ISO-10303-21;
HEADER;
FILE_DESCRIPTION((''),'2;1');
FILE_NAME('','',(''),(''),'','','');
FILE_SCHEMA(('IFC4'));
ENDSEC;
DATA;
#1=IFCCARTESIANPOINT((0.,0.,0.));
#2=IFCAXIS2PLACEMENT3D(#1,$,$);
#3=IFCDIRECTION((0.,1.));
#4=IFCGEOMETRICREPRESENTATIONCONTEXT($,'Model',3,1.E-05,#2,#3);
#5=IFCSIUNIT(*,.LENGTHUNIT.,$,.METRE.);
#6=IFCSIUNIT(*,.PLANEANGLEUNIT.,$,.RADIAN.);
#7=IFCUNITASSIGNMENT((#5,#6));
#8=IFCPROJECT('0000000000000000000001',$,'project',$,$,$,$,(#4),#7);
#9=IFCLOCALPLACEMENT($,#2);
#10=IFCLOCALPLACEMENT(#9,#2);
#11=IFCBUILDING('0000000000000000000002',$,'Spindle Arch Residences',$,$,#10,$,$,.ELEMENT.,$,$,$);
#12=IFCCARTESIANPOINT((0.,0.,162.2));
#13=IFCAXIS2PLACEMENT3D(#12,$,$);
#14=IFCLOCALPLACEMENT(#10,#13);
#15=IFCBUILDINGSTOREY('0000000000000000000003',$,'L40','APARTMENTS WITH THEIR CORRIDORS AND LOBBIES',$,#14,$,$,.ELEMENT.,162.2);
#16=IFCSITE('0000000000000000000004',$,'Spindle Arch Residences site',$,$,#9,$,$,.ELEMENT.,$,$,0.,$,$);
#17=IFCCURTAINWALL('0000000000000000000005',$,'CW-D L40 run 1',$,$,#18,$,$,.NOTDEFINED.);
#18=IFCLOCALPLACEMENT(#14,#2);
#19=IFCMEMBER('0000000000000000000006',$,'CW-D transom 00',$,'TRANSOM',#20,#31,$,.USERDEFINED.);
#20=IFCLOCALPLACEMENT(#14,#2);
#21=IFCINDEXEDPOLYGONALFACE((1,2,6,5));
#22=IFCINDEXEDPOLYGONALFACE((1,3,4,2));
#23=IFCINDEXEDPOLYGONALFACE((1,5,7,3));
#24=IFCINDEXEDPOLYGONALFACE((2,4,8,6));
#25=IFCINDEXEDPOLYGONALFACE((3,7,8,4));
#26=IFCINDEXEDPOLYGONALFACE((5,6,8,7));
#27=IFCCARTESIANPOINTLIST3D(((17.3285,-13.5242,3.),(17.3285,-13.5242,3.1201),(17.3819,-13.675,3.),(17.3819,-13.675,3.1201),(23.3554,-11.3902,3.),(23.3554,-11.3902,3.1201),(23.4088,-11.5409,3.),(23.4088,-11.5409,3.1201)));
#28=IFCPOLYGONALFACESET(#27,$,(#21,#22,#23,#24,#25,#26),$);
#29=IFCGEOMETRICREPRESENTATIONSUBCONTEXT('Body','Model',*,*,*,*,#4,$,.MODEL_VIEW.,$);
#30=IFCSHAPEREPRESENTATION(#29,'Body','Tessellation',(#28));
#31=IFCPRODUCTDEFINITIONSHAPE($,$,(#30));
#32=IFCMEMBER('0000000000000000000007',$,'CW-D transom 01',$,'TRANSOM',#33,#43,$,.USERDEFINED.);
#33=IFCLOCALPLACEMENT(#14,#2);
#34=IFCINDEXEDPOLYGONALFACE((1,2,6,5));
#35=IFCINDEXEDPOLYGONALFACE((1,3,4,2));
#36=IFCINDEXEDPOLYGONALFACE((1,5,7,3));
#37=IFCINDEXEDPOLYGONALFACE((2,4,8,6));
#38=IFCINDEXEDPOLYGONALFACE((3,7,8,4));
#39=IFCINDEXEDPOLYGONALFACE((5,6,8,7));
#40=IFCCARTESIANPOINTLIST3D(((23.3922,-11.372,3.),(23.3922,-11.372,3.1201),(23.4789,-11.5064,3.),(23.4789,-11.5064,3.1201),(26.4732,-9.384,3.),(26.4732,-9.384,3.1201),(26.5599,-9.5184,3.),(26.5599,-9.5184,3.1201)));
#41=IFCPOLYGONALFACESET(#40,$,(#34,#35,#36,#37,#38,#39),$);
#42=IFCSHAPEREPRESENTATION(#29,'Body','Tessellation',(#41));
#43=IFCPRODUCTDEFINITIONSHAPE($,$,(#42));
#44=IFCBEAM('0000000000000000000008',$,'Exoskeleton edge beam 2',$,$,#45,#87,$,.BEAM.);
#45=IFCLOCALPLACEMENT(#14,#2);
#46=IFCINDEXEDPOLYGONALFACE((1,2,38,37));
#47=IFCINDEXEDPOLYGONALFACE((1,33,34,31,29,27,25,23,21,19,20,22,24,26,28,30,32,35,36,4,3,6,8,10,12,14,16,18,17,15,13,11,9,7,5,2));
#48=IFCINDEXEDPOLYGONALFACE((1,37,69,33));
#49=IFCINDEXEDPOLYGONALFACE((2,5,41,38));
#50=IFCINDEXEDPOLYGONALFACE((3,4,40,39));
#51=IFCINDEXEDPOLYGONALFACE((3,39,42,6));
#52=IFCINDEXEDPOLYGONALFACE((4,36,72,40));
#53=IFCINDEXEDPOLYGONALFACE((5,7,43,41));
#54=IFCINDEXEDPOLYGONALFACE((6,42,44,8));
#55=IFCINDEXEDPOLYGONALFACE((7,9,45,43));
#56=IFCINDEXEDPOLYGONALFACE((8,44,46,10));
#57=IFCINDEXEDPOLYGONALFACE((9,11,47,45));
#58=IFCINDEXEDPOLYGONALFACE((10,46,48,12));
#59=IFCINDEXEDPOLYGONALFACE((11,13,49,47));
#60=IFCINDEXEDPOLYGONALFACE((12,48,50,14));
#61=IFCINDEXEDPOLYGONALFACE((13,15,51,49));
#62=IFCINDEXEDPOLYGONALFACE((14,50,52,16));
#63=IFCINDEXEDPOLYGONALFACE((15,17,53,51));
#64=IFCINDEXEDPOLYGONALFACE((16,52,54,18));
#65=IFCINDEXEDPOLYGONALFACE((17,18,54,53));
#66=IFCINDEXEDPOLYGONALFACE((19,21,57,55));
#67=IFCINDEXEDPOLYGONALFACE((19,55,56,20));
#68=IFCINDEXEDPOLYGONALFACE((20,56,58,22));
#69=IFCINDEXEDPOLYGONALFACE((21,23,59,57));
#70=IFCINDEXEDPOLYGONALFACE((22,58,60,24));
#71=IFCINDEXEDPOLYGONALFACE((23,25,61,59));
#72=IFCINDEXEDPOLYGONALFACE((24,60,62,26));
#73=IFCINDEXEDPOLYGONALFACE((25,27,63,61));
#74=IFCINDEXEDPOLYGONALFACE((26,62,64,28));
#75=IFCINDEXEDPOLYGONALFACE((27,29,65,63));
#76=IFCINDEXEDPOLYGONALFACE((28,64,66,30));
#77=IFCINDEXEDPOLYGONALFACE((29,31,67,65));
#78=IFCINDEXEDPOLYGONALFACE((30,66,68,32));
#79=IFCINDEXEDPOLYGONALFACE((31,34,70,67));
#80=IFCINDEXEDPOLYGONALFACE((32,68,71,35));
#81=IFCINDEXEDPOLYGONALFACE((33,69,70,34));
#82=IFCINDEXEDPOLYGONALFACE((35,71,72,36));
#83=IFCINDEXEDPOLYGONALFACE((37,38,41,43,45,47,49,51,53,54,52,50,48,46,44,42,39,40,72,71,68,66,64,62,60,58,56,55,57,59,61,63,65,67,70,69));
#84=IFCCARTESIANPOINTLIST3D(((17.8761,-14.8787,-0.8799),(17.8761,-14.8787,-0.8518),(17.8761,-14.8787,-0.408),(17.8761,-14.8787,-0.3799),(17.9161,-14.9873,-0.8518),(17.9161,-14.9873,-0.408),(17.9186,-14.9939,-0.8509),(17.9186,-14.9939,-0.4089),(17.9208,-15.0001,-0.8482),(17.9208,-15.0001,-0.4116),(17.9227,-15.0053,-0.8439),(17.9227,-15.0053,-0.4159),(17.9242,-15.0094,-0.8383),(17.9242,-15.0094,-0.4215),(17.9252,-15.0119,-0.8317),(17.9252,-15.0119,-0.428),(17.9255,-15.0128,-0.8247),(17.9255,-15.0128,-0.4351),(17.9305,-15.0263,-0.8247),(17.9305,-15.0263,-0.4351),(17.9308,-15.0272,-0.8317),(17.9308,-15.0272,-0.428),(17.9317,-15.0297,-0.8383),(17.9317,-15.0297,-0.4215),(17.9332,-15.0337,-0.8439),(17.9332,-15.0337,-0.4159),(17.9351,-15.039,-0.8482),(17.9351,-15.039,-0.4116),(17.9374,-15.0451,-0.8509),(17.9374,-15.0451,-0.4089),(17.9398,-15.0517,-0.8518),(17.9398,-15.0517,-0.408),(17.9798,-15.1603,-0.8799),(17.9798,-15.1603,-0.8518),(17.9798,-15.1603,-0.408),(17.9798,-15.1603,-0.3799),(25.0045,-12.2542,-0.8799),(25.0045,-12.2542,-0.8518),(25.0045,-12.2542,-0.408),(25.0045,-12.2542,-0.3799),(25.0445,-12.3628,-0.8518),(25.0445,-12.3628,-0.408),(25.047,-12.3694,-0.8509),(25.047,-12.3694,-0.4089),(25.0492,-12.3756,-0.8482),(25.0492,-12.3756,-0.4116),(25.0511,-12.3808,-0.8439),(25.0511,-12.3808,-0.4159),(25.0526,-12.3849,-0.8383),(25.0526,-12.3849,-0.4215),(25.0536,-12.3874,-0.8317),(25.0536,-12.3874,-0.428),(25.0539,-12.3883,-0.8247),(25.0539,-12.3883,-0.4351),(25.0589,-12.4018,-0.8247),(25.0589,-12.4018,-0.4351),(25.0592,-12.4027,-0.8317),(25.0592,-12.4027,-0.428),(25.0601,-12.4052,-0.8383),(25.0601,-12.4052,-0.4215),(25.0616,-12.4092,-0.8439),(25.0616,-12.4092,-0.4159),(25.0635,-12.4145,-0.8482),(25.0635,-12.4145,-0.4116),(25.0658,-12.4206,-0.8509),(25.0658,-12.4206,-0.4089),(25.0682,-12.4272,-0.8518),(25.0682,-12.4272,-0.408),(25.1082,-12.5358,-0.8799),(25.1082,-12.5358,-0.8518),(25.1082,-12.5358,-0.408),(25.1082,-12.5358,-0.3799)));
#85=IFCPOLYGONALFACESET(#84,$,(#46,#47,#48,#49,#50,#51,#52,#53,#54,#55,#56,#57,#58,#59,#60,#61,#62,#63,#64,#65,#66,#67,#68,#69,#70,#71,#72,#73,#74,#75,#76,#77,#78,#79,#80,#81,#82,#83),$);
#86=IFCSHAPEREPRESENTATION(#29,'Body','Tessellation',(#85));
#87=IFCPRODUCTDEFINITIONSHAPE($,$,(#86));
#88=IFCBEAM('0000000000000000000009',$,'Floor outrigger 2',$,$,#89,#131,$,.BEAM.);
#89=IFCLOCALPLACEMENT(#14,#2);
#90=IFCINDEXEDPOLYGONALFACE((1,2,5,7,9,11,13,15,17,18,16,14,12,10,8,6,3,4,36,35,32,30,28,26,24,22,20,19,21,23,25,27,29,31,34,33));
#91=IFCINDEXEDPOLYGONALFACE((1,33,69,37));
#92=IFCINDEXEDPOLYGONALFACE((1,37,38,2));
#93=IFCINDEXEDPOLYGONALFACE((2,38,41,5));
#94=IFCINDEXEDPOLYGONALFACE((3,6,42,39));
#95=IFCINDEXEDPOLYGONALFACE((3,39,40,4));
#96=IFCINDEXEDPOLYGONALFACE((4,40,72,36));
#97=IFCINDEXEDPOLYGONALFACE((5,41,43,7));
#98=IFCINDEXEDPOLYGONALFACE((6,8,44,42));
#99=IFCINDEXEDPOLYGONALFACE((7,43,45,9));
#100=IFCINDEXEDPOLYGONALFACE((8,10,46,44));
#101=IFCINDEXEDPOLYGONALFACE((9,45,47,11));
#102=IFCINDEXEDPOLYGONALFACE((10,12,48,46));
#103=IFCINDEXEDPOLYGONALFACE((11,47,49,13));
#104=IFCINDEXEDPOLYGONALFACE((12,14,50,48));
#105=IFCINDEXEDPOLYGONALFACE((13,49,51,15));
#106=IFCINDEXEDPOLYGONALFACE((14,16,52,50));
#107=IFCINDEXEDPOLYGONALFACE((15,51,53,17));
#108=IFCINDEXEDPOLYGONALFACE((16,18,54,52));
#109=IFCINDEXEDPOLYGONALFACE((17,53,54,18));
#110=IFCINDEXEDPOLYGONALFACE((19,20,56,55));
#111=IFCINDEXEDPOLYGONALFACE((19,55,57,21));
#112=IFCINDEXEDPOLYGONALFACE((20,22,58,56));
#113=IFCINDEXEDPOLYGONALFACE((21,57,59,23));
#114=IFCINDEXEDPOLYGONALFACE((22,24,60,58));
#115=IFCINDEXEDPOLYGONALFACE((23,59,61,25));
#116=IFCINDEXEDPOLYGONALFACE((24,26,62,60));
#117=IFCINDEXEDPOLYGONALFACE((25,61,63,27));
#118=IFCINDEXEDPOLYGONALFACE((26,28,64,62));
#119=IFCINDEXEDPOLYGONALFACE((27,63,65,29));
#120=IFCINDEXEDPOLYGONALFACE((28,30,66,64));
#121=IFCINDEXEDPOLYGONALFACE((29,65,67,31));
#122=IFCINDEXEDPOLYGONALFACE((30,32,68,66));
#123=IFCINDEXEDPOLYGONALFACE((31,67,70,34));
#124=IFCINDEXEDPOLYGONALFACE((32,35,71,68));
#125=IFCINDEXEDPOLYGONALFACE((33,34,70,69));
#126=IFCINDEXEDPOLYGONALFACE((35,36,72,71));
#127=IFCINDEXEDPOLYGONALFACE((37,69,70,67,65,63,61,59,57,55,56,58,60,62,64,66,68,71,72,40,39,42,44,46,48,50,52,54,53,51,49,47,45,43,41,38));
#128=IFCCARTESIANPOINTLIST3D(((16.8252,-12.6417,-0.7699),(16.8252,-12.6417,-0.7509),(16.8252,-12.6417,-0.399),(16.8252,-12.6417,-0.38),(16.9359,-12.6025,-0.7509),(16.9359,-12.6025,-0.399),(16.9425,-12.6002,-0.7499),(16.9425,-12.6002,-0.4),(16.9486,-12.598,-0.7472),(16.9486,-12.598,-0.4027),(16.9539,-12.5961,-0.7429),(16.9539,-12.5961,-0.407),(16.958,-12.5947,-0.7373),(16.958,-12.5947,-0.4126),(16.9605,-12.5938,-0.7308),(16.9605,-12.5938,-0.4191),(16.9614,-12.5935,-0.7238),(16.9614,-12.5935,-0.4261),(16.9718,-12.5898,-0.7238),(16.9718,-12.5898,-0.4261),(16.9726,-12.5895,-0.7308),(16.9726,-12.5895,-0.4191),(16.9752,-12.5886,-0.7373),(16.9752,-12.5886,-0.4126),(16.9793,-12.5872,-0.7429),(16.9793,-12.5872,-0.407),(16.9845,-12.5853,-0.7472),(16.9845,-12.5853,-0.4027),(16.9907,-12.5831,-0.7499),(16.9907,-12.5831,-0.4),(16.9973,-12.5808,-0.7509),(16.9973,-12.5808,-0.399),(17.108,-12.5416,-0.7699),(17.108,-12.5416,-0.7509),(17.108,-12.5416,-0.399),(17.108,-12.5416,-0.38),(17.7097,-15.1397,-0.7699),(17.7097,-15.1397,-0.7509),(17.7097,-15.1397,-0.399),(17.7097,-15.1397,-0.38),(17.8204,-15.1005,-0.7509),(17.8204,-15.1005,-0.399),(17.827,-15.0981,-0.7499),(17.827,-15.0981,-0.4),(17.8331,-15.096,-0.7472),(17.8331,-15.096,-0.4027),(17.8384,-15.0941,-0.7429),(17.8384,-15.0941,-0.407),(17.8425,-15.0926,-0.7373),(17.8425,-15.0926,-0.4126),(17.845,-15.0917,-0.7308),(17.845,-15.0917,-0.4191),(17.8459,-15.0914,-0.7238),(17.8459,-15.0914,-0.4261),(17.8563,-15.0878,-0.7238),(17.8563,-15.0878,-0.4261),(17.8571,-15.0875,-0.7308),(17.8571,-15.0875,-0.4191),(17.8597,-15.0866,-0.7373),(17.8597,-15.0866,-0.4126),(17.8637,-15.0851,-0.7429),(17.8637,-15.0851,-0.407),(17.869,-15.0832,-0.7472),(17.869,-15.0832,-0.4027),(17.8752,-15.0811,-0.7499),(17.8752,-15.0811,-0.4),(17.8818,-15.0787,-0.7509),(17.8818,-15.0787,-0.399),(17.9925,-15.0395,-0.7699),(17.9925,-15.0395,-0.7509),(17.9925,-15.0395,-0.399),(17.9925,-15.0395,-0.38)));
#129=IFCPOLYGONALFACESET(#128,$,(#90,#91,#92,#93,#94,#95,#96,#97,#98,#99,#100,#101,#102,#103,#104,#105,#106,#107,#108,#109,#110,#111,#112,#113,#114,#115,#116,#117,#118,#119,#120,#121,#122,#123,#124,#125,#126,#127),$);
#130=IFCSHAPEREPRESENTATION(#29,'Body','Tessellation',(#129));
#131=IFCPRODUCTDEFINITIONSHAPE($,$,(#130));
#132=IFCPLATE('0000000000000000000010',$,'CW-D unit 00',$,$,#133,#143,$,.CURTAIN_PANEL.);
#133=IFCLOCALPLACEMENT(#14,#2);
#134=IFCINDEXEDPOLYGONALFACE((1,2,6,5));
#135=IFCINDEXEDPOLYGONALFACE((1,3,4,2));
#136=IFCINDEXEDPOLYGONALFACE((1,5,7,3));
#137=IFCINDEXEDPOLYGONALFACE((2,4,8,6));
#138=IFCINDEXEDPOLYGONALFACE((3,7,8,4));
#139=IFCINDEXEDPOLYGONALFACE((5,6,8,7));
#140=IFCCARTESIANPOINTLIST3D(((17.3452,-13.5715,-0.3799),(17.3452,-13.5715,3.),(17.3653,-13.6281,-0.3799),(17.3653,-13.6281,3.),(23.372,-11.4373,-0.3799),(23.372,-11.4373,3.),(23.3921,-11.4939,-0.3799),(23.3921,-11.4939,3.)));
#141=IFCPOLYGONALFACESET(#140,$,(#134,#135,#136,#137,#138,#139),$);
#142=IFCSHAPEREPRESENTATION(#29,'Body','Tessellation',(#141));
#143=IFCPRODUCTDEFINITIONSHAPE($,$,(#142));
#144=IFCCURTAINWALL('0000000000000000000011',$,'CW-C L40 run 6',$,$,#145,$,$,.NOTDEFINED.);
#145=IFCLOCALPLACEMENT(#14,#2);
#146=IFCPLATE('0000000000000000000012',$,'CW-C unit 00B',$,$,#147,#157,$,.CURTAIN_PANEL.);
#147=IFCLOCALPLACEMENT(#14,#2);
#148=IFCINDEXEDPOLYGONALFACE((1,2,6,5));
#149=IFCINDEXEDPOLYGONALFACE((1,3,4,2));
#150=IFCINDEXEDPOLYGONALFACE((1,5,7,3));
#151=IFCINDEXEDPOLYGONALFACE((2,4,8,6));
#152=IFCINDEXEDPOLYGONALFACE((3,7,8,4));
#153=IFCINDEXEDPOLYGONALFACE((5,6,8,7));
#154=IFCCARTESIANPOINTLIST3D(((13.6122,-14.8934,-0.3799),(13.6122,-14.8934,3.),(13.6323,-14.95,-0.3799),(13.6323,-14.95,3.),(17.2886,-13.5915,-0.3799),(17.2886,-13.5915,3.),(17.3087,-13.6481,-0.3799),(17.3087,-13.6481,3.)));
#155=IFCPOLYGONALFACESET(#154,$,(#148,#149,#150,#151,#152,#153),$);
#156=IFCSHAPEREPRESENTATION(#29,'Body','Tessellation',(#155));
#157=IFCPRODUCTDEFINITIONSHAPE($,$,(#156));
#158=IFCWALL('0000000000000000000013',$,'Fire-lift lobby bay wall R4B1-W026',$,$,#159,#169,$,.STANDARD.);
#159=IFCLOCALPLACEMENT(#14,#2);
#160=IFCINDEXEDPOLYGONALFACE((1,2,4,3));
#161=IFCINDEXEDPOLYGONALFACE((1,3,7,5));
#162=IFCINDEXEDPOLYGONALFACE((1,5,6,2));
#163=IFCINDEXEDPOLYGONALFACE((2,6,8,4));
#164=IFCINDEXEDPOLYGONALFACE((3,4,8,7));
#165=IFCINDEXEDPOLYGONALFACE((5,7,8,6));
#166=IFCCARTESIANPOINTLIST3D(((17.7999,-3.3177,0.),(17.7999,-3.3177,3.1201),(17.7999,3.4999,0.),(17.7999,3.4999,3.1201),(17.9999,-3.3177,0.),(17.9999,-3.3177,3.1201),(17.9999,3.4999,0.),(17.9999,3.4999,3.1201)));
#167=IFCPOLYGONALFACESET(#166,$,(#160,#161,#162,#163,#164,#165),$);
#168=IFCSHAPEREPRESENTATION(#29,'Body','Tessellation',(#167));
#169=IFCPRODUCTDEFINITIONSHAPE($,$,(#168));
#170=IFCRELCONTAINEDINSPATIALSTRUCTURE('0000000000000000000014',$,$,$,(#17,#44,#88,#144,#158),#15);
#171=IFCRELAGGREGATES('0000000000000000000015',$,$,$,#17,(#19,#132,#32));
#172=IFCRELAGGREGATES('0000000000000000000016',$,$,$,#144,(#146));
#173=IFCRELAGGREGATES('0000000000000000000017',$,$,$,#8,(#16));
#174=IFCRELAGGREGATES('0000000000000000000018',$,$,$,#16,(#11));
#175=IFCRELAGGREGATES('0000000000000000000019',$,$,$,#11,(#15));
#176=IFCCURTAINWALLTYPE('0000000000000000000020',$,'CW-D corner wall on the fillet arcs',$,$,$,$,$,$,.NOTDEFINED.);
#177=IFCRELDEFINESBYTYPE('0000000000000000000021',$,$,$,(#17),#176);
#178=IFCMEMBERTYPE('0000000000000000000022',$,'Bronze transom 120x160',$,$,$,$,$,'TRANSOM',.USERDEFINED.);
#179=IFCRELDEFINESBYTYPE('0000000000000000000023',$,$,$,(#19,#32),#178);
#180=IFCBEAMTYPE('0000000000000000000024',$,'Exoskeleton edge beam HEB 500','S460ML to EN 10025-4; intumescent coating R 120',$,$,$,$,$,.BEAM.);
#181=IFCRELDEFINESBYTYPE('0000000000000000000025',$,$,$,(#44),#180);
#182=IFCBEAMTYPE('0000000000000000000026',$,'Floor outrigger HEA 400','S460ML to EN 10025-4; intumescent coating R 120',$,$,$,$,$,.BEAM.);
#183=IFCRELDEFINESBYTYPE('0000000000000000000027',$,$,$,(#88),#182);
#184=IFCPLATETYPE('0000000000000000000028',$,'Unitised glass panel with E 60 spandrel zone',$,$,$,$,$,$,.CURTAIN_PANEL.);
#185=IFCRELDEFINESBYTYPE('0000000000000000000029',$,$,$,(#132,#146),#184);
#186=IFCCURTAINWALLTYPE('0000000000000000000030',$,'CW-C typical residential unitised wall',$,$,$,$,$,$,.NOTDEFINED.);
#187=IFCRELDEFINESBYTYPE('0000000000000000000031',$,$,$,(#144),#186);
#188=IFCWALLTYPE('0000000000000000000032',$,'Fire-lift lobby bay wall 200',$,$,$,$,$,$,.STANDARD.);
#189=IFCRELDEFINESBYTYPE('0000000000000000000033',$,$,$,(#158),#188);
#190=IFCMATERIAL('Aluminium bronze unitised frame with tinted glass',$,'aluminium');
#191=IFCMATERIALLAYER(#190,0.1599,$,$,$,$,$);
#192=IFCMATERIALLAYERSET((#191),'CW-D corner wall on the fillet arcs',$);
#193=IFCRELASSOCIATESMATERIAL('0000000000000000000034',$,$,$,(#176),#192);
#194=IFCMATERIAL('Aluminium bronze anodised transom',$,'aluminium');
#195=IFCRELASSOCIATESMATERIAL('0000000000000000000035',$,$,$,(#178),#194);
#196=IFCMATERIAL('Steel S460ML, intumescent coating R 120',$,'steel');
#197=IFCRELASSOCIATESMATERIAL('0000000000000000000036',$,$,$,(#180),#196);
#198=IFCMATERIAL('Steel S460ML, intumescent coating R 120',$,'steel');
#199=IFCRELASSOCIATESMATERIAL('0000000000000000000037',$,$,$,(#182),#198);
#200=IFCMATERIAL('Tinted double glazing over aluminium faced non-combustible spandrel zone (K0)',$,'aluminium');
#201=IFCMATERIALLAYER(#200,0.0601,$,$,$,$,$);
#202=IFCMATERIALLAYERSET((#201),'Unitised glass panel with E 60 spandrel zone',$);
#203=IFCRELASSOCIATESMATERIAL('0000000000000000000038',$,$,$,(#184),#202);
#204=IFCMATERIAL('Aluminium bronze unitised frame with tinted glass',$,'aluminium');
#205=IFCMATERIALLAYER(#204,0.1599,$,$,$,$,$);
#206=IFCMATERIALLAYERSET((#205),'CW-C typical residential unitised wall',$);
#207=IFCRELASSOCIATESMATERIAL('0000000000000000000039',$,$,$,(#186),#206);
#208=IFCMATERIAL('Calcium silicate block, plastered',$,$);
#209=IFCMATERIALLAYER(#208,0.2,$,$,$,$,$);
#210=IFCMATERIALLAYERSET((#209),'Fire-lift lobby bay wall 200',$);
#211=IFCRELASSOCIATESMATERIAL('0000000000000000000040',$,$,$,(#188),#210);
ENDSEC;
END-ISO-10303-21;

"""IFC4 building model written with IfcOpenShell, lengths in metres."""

from ifc_helpers import new_model, si_unit, direction, frame, frame_2d, origin, origin_2d, place, context, subcontext, project, spatial, rectangle, i_section, extrude, material, layer, layer_set, material_profile, profile_set, type_object, element, aggregate, save


model = new_model("IFC4")

# Units and contexts
model_context = context("Model", 3, precision=1e-05, world=origin(), true_north=direction((0.0, 1.0)))
body_context = subcontext(model_context, "Body", "Model", "MODEL_VIEW")
ifc_project = project(units=[si_unit("LENGTHUNIT", "METRE"), si_unit("PLANEANGLEUNIT", "RADIAN")], contexts=[model_context])

# Site, building, storey
site_placement = place(None, origin())
site = spatial("IfcSite", under=ifc_project, at=site_placement, Name="Spindle Arch Residences site", CompositionType="ELEMENT", RefElevation=0.0)
building_placement = place(site_placement, origin())
building = spatial("IfcBuilding", under=site, at=building_placement, Name="Spindle Arch Residences", CompositionType="ELEMENT")
storey_placement = place(building_placement, frame((0.0, 0.0, 162.2)))
storey = spatial("IfcBuildingStorey", under=building, at=storey_placement, Name="L40", Description="APARTMENTS WITH THEIR CORRIDORS AND LOBBIES", CompositionType="ELEMENT", Elevation=162.2)

# Curtain wall, members
ifc_material_1 = material(Name="Aluminium bronze unitised frame with tinted glass", Category="aluminium")
ifc_layer_1 = layer(ifc_material_1, 0.1599)
ifc_layer_set_1 = layer_set([ifc_layer_1], Name="CW-D corner wall on the fillet arcs")
curtain_wall_type_1 = type_object("IfcCurtainWallType", Name="CW-D corner wall on the fillet arcs", PredefinedType="NOTDEFINED", material=ifc_layer_set_1)
curtain_wall_1_placement = place(storey_placement, origin())
curtain_wall_1 = element("IfcCurtainWall", 1, at=curtain_wall_1_placement, inside=storey, type_object=curtain_wall_type_1, Name="CW-D L40 run 1", PredefinedType="NOTDEFINED")
ifc_material_2 = material(Name="Aluminium bronze anodised transom", Category="aluminium")
ifc_material_profile_1 = material_profile(ifc_material_2, rectangle(XDim=0.1599, YDim=0.1201, at=origin_2d()), Name="TR 120x160")
ifc_profile_set_1 = profile_set([ifc_material_profile_1], Name="Aluminium bronze anodised transom")
member_type_1 = type_object("IfcMemberType", Name="Bronze transom 120x160", ElementType="TRANSOM", PredefinedType="USERDEFINED", material=ifc_profile_set_1)
member_1_placement = place(storey_placement, frame((17.3552, -13.5996, 3.0601), z_axis=(0.942651, 0.333781, 0.0), x_axis=(-0.333781, 0.942651, 0.0)))
member_1 = element("IfcMember", 2, at=member_1_placement, type_object=member_type_1, Name="CW-D transom 00", ObjectType="TRANSOM", PredefinedType="USERDEFINED", context=body_context, shape_type="SweptSolid", body=[
    extrude(rectangle(XDim=0.1599, YDim=0.1201, at=origin_2d()), origin(), (0.0, 0.0, 1.0), 6.3936),
])
member_2_placement = place(storey_placement, frame((23.4355, -11.4392, 3.0601), z_axis=(0.840264, 0.542177, 0.0), x_axis=(-0.542177, 0.840264, 0.0)))
member_2 = element("IfcMember", 3, at=member_2_placement, type_object=member_type_1, Name="CW-D transom 01", ObjectType="TRANSOM", PredefinedType="USERDEFINED", context=body_context, shape_type="SweptSolid", body=[
    extrude(rectangle(XDim=0.1599, YDim=0.1201, at=origin_2d()), origin(), (0.0, 0.0, 1.0), 3.6667),
])

# Beams
ifc_material_3 = material(Name="Steel S460ML, intumescent coating R 120", Category="steel")
ifc_material_profile_2 = material_profile(ifc_material_3, i_section(OverallWidth=0.3, OverallDepth=0.5, WebThickness=0.0144, FlangeThickness=0.0281, FilletRadius=0.0271, at=origin_2d()), Name="HEB 500")
ifc_profile_set_2 = profile_set([ifc_material_profile_2], Name="Steel S460ML, intumescent coating R 120")
beam_type_1 = type_object("IfcBeamType", Name="Exoskeleton edge beam HEB 500", Description="S460ML to EN 10025-4; intumescent coating R 120", PredefinedType="BEAM", material=ifc_profile_set_2)
beam_1_placement = place(storey_placement, frame((17.928, -15.0195, -0.6299), z_axis=(0.938418, 0.345503, 0.0), x_axis=(-0.345503, 0.938418, 0.0)))
element("IfcBeam", 4, at=beam_1_placement, inside=storey, type_object=beam_type_1, Name="Exoskeleton edge beam 2", PredefinedType="BEAM", context=body_context, shape_type="SweptSolid", body=[
    extrude(i_section(OverallWidth=0.3, OverallDepth=0.5, WebThickness=0.0144, FlangeThickness=0.0281, FilletRadius=0.0271, at=origin_2d()), origin(), (0.0, 0.0, 1.0), 7.5962),
])
ifc_material_4 = material(Name="Steel S460ML, intumescent coating R 120", Category="steel")
ifc_material_profile_3 = material_profile(ifc_material_4, i_section(OverallWidth=0.3, OverallDepth=0.3899, WebThickness=0.011, FlangeThickness=0.019, FilletRadius=0.0271, at=origin_2d()), Name="HEA 400")
ifc_profile_set_3 = profile_set([ifc_material_profile_3], Name="Steel S460ML, intumescent coating R 120")
beam_type_2 = type_object("IfcBeamType", Name="Floor outrigger HEA 400", Description="S460ML to EN 10025-4; intumescent coating R 120", PredefinedType="BEAM", material=ifc_profile_set_3)
beam_2_placement = place(storey_placement, frame((17.8511, -15.0896, -0.575), z_axis=(-0.333779, 0.942651, 0.0), x_axis=(-0.942651, -0.333779, 0.0)))
element("IfcBeam", 5, at=beam_2_placement, inside=storey, type_object=beam_type_2, Name="Floor outrigger 2", PredefinedType="BEAM", context=body_context, shape_type="SweptSolid", body=[
    extrude(i_section(OverallWidth=0.3, OverallDepth=0.3899, WebThickness=0.011, FlangeThickness=0.019, FilletRadius=0.0271, at=origin_2d()), origin(), (0.0, 0.0, 1.0), 2.6499),
])

# Plate
ifc_material_5 = material(Name="Tinted double glazing over aluminium faced non-combustible spandrel zone (K0)", Category="aluminium")
ifc_layer_2 = layer(ifc_material_5, 0.0601)
ifc_layer_set_2 = layer_set([ifc_layer_2], Name="Unitised glass panel with E 60 spandrel zone")
plate_type = type_object("IfcPlateType", Name="Unitised glass panel with E 60 spandrel zone", PredefinedType="CURTAIN_PANEL", material=ifc_layer_set_2)
plate_1_placement = place(storey_placement, frame((20.3687, -12.5327, -0.3799), z_axis=(0.0, 0.0, 1.0), x_axis=(0.942641, 0.333807, 0.0)))
plate_1 = element("IfcPlate", 6, at=plate_1_placement, type_object=plate_type, Name="CW-D unit 00", PredefinedType="CURTAIN_PANEL", context=body_context, shape_type="SweptSolid", body=[
    extrude(rectangle(XDim=6.3936, YDim=0.0601, at=origin_2d()), origin(), (0.0, 0.0, 1.0), 3.3799),
])
aggregate(curtain_wall_1, [member_1, plate_1, member_2])

# Curtain wall, plate
ifc_material_6 = material(Name="Aluminium bronze unitised frame with tinted glass", Category="aluminium")
ifc_layer_3 = layer(ifc_material_6, 0.1599)
ifc_layer_set_3 = layer_set([ifc_layer_3], Name="CW-C typical residential unitised wall")
curtain_wall_type_2 = type_object("IfcCurtainWallType", Name="CW-C typical residential unitised wall", PredefinedType="NOTDEFINED", material=ifc_layer_set_3)
curtain_wall_2_placement = place(storey_placement, origin())
curtain_wall_2 = element("IfcCurtainWall", 7, at=curtain_wall_2_placement, inside=storey, type_object=curtain_wall_type_2, Name="CW-C L40 run 6", PredefinedType="NOTDEFINED")
plate_2_placement = place(storey_placement, frame((15.4604, -14.2708, -0.3799), z_axis=(0.0, 0.0, 1.0), x_axis=(0.942641, 0.333807, 0.0)))
plate_2 = element("IfcPlate", 8, at=plate_2_placement, type_object=plate_type, Name="CW-C unit 00B", PredefinedType="CURTAIN_PANEL", context=body_context, shape_type="SweptSolid", body=[
    extrude(rectangle(XDim=3.9001, YDim=0.0601, at=origin_2d()), origin(), (0.0, 0.0, 1.0), 3.3799),
])
aggregate(curtain_wall_2, [plate_2])

# Wall
ifc_material_7 = material(Name="Calcium silicate block, plastered")
ifc_layer_4 = layer(ifc_material_7, 0.2)
ifc_layer_set_4 = layer_set([ifc_layer_4], Name="Fire-lift lobby bay wall 200")
wall_type_1 = type_object("IfcWallType", Name="Fire-lift lobby bay wall 200", PredefinedType="STANDARD", material=ifc_layer_set_4)
wall_1_placement = place(storey_placement, frame((17.8999, -3.3176, 0.0), z_axis=(0.0, 0.0, 1.0), x_axis=(0.0, 1.0, 0.0)))
element("IfcWall", 9, at=wall_1_placement, inside=storey, type_object=wall_type_1, Name="Fire-lift lobby bay wall R4B1-W026", PredefinedType="STANDARD", context=body_context, shape_type="SweptSolid", body=[
    extrude(rectangle(XDim=6.8176, YDim=0.2, at=frame_2d((3.4087, 0.0))), origin(), (0.0, 0.0, 1.0), 3.1201),
])

save(model, "model.ifc")
